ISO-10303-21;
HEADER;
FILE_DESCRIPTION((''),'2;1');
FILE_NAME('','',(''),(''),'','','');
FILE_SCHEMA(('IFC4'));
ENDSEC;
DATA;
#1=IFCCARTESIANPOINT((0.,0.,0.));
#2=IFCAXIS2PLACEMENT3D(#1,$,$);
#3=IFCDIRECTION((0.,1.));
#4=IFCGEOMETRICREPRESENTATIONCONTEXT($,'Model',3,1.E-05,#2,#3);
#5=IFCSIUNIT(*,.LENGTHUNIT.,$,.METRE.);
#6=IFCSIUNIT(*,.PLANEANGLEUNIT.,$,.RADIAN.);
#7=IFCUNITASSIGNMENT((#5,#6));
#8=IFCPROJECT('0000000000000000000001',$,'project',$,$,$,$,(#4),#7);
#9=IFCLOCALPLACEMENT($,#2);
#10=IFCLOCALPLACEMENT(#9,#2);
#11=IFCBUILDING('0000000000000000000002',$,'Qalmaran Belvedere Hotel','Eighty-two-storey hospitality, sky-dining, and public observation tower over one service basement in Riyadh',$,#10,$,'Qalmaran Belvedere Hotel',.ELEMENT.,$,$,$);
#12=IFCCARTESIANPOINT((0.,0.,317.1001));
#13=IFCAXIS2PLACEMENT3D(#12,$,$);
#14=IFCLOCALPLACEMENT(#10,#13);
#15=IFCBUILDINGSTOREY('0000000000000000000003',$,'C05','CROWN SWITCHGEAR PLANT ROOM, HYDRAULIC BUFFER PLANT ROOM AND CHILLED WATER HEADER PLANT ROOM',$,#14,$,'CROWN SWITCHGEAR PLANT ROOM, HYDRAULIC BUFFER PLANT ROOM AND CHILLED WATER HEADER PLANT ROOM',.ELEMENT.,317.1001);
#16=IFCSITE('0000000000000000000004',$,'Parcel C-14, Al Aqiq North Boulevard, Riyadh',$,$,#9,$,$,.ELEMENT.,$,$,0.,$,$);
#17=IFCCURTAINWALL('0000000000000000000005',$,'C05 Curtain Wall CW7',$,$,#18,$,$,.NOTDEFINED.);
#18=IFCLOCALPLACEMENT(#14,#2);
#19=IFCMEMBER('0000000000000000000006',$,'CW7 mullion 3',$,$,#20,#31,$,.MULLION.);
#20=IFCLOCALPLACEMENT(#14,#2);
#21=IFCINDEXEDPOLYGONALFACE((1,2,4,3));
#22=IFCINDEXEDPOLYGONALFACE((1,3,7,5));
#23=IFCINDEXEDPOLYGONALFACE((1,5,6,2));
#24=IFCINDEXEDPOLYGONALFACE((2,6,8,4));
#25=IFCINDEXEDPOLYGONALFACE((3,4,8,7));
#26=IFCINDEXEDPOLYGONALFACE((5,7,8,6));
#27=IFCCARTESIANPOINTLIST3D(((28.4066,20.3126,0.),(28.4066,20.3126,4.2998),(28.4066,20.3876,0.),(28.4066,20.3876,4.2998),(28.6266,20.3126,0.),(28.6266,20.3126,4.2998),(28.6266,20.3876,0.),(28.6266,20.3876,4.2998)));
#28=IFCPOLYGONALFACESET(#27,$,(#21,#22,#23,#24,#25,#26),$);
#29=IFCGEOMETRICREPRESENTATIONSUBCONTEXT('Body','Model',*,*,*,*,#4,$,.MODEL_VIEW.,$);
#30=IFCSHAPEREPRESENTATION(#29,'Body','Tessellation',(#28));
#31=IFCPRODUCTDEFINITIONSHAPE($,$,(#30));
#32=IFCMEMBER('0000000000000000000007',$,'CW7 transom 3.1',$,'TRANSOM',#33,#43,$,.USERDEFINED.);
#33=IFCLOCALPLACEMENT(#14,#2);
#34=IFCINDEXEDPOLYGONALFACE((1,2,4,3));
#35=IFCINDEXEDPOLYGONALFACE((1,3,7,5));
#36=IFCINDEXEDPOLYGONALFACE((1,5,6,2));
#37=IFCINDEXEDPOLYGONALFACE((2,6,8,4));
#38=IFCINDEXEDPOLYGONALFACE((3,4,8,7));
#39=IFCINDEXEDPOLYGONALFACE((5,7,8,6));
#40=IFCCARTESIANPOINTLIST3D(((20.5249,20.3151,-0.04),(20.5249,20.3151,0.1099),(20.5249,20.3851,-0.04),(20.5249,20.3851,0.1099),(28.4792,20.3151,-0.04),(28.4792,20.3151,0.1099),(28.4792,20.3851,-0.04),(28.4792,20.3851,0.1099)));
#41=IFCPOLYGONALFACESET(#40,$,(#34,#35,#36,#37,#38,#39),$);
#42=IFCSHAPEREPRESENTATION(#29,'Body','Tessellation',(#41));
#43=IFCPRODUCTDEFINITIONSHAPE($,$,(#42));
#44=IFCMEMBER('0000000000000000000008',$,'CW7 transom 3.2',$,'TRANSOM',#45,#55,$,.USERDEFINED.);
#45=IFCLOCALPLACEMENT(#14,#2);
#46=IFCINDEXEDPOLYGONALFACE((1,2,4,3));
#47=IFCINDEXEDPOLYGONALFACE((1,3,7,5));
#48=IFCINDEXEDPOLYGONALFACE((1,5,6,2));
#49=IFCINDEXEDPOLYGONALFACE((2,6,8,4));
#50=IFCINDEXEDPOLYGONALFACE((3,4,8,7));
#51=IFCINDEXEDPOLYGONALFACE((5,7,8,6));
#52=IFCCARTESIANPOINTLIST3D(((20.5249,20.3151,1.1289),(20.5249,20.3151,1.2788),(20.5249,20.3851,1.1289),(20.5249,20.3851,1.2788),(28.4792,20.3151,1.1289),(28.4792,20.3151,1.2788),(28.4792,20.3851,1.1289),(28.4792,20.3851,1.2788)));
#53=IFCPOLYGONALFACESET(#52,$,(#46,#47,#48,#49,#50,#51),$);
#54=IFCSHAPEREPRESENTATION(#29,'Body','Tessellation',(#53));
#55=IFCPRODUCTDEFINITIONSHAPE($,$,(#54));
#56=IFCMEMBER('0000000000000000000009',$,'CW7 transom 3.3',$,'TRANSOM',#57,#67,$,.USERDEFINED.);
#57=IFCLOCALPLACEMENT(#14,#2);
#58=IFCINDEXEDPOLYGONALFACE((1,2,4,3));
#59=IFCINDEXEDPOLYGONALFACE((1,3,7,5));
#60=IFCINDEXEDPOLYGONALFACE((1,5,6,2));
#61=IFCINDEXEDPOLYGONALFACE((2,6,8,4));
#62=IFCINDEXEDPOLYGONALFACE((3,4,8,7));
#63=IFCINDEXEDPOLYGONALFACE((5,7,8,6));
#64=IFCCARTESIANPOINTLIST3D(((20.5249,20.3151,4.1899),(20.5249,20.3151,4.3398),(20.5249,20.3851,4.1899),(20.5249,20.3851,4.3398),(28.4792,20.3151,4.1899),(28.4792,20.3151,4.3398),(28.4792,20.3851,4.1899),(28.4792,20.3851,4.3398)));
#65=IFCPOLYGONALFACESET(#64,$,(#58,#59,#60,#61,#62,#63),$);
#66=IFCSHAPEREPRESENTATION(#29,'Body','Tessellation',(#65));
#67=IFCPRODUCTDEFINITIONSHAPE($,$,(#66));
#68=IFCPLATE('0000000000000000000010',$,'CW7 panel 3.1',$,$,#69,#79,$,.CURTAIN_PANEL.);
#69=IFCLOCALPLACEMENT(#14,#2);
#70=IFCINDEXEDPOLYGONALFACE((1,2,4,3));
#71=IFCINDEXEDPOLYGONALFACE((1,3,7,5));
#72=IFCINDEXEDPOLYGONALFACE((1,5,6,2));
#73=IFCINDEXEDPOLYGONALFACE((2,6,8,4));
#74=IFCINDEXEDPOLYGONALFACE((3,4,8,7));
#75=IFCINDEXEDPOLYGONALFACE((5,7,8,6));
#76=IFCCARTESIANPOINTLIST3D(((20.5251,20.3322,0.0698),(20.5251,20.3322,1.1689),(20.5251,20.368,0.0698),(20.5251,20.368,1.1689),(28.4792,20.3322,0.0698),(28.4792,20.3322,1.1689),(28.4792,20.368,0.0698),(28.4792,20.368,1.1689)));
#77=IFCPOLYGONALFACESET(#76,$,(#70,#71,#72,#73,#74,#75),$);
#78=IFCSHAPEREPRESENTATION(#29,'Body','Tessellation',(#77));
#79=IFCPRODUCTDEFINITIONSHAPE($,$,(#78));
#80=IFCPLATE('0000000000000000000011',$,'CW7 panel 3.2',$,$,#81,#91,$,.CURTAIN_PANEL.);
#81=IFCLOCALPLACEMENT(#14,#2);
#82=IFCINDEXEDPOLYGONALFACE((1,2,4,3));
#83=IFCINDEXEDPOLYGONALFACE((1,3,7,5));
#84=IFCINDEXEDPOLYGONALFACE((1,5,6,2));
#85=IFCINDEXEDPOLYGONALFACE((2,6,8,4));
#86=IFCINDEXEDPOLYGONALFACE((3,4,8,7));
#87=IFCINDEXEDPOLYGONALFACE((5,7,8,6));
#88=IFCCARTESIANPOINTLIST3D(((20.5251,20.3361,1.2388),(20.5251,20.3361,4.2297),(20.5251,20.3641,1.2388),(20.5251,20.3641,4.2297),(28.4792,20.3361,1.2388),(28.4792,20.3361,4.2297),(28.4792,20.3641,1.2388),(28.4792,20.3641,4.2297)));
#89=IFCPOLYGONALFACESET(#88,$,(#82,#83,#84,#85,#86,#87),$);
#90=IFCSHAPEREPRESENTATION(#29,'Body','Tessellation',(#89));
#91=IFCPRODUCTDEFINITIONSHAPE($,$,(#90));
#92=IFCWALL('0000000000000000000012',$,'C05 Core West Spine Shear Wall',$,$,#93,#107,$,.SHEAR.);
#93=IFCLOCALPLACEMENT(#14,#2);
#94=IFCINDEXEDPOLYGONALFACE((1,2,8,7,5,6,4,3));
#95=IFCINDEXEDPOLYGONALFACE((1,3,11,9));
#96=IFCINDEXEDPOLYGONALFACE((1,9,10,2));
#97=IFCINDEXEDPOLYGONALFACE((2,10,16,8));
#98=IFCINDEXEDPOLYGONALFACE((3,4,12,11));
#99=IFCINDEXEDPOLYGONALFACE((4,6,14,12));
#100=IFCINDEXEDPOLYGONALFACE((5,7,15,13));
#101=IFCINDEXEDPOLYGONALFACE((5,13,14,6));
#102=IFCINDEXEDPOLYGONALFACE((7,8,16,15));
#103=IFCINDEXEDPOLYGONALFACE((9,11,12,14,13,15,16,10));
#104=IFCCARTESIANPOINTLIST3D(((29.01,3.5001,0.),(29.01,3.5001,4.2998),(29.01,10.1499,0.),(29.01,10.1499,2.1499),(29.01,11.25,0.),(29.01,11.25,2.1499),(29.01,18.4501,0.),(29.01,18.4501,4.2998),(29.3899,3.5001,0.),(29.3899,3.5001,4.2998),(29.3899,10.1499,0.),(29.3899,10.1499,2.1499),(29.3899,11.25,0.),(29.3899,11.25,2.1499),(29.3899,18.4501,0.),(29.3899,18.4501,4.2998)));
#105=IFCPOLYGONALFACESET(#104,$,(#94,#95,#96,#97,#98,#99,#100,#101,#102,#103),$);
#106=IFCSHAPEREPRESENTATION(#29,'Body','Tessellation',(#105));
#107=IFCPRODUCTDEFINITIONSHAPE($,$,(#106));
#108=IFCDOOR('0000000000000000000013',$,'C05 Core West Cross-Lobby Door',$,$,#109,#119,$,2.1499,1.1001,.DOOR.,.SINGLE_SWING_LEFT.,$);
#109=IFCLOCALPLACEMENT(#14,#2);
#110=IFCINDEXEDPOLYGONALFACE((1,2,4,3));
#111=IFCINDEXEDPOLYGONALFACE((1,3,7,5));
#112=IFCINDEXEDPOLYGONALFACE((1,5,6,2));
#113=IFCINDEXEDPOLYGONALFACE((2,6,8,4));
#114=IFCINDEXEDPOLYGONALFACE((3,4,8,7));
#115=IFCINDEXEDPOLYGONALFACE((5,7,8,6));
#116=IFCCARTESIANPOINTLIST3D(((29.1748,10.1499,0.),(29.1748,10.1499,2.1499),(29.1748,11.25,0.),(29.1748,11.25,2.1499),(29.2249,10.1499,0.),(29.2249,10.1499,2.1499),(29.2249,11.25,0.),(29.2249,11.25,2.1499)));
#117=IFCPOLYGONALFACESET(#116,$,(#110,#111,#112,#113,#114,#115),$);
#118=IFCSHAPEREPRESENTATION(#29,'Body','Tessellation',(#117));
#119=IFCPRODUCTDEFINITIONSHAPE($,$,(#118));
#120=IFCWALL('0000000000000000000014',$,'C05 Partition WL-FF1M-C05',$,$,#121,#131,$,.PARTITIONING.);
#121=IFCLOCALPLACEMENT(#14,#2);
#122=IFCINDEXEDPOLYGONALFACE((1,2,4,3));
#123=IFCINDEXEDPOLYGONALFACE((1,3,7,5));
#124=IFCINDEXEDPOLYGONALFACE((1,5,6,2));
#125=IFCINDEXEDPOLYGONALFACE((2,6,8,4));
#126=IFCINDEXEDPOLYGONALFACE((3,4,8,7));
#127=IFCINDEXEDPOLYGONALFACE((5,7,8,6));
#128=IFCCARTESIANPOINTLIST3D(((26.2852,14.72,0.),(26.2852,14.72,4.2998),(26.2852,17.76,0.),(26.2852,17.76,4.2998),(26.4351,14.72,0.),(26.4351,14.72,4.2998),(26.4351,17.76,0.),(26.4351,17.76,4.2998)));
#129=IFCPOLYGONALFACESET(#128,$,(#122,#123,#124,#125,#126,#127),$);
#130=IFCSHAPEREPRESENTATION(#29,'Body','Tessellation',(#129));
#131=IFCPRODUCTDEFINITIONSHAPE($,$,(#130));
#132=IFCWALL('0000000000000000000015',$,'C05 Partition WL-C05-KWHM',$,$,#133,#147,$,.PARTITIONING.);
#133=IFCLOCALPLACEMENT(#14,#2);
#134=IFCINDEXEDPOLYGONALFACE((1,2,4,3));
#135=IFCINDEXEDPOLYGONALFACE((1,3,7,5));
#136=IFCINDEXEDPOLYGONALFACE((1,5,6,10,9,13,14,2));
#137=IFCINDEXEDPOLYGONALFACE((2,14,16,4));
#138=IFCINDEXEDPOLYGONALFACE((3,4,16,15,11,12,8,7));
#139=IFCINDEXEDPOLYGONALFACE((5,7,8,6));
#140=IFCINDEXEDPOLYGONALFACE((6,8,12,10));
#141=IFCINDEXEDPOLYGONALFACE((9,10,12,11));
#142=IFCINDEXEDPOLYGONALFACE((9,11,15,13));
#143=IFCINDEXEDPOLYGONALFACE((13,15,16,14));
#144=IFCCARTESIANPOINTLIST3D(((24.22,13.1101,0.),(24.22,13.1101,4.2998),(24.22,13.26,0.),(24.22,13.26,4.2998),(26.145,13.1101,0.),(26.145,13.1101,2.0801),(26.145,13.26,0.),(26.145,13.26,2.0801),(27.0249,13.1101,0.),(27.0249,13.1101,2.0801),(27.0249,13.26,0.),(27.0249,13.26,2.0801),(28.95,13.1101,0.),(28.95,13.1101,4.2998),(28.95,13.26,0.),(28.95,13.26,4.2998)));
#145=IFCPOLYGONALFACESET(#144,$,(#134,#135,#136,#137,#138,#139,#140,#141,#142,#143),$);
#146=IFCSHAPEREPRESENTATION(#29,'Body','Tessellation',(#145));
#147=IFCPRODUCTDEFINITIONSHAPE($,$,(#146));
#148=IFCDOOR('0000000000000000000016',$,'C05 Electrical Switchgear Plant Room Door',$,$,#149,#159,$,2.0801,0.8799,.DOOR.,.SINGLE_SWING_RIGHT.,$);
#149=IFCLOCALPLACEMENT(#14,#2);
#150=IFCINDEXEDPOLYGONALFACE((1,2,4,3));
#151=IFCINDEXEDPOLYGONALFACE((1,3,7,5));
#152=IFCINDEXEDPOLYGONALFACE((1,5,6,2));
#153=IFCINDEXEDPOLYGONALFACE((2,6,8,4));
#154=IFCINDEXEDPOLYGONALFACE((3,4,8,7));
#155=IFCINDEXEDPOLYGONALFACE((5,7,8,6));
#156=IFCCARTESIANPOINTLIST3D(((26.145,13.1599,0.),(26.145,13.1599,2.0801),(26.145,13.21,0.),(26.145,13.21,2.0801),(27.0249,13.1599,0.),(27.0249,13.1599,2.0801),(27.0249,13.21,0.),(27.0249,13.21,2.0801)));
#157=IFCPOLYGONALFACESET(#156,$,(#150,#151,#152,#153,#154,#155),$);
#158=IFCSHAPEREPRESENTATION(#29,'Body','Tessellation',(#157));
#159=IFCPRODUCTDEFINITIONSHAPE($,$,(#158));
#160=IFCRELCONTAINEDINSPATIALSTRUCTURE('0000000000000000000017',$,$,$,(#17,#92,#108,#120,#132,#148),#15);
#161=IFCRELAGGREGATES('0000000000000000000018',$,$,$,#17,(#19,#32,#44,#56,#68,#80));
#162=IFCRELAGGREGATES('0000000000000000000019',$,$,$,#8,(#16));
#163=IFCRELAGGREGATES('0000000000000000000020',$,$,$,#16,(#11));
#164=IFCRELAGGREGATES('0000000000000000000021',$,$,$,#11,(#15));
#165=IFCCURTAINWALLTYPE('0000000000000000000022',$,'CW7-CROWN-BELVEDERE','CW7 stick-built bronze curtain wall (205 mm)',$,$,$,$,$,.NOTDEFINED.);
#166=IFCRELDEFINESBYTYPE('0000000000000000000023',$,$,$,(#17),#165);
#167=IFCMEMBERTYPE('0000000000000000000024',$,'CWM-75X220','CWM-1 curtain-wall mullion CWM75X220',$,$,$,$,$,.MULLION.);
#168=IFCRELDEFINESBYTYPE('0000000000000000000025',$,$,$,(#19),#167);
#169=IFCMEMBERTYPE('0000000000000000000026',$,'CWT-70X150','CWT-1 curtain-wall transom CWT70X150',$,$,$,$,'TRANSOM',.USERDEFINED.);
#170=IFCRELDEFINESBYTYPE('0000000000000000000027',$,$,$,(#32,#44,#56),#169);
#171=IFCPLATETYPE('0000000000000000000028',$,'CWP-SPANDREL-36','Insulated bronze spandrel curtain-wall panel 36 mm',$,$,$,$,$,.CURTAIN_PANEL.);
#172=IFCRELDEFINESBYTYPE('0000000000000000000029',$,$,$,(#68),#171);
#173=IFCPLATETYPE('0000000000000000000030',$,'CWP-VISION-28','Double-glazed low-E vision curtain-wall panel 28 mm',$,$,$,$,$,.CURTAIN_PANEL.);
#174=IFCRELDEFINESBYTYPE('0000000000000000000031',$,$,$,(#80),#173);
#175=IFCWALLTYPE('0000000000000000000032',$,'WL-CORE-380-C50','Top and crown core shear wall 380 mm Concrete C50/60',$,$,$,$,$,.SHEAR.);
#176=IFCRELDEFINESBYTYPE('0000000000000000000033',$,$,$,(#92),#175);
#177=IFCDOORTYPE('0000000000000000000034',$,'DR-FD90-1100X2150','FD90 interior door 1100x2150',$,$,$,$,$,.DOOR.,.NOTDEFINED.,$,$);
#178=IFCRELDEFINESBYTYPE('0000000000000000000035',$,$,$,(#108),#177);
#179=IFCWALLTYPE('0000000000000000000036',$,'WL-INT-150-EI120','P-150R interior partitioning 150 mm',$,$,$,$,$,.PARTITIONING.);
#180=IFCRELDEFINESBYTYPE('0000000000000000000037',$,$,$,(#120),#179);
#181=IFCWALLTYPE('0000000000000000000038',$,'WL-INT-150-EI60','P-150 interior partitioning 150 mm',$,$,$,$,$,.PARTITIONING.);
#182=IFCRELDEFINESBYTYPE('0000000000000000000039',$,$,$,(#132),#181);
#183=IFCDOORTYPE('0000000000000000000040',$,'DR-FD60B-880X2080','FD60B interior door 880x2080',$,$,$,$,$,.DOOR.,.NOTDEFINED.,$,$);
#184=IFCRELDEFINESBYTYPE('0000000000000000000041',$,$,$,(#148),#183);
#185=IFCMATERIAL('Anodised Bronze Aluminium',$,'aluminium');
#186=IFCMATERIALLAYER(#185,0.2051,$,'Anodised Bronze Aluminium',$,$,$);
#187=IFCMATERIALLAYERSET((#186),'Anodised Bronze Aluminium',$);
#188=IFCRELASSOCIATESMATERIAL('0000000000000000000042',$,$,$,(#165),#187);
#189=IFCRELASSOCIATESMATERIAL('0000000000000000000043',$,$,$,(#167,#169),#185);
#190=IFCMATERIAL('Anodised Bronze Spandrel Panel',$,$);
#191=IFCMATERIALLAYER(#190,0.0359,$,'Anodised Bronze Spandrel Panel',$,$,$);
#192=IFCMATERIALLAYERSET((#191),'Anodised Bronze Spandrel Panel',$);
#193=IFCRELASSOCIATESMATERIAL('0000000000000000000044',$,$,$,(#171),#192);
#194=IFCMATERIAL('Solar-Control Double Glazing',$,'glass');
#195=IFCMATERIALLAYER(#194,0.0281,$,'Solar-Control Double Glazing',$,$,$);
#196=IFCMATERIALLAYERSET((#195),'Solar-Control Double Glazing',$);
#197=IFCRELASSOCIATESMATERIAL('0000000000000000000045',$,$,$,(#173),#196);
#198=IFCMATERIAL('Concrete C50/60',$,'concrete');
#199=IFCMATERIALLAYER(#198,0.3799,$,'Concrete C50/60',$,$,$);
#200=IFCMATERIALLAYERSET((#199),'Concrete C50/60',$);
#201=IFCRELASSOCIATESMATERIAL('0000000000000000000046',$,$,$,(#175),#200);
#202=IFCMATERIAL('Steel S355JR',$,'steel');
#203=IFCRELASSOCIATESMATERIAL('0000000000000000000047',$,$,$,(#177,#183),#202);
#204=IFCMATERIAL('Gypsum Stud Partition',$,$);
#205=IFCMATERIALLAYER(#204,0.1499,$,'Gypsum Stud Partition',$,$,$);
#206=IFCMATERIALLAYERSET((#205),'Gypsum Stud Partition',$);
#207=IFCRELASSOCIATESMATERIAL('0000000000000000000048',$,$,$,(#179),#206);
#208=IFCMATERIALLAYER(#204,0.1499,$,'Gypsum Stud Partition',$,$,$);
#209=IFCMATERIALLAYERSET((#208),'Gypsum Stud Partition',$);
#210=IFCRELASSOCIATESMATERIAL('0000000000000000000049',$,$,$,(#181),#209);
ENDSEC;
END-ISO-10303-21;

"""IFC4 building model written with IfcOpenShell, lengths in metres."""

from ifc_helpers import new_model, si_unit, direction, frame, frame_2d, origin, origin_2d, place, context, subcontext, project, spatial, rectangle, extrude, material, layer, layer_set, material_profile, profile_set, type_object, element, fill, aggregate, save


model = new_model("IFC4")

# Units and contexts
model_context = context("Model", 3, precision=1e-05, world=origin(), true_north=direction((0.0, 1.0)))
body_context = subcontext(model_context, "Body", "Model", "MODEL_VIEW")
ifc_project = project(units=[si_unit("LENGTHUNIT", "METRE"), si_unit("PLANEANGLEUNIT", "RADIAN")], contexts=[model_context])

# Site, building, storey
site_placement = place(None, origin())
site = spatial("IfcSite", under=ifc_project, at=site_placement, Name="Parcel C-14, Al Aqiq North Boulevard, Riyadh", CompositionType="ELEMENT", RefElevation=0.0)
building_placement = place(site_placement, origin())
building = spatial("IfcBuilding", under=site, at=building_placement, Name="Qalmaran Belvedere Hotel", Description="Eighty-two-storey hospitality, sky-dining, and public observation tower over one service basement in Riyadh", LongName="Qalmaran Belvedere Hotel", CompositionType="ELEMENT")
storey_placement = place(building_placement, frame((0.0, 0.0, 317.1001)))
storey = spatial("IfcBuildingStorey", under=building, at=storey_placement, Name="C05", Description="CROWN SWITCHGEAR PLANT ROOM, HYDRAULIC BUFFER PLANT ROOM AND CHILLED WATER HEADER PLANT ROOM", LongName="CROWN SWITCHGEAR PLANT ROOM, HYDRAULIC BUFFER PLANT ROOM AND CHILLED WATER HEADER PLANT ROOM", CompositionType="ELEMENT", Elevation=317.1001)

# Curtain wall, members, plates
ifc_material_1 = material(Name="Anodised Bronze Aluminium", Category="aluminium")
ifc_layer_1 = layer(ifc_material_1, 0.2051, Name="Anodised Bronze Aluminium")
ifc_layer_set_1 = layer_set([ifc_layer_1], Name="Anodised Bronze Aluminium")
curtain_wall_type = type_object("IfcCurtainWallType", Name="CW7-CROWN-BELVEDERE", Description="CW7 stick-built bronze curtain wall (205 mm)", PredefinedType="NOTDEFINED", material=ifc_layer_set_1)
curtain_wall_placement = place(storey_placement, origin())
curtain_wall = element("IfcCurtainWall", 1, at=curtain_wall_placement, inside=storey, type_object=curtain_wall_type, Name="C05 Curtain Wall CW7", PredefinedType="NOTDEFINED")
ifc_material_profile_1 = material_profile(ifc_material_1, rectangle(XDim=0.075, YDim=0.22, at=origin_2d()), Name="CWM75X220")
ifc_profile_set_1 = profile_set([ifc_material_profile_1], Name="Anodised Bronze Aluminium")
member_type_1 = type_object("IfcMemberType", Name="CWM-75X220", Description="CWM-1 curtain-wall mullion CWM75X220", PredefinedType="MULLION", material=ifc_profile_set_1)
member_1_placement = place(storey_placement, frame((28.5166, 20.3501, 0.0), z_axis=(0.0, 0.0, 1.0), x_axis=(0.0, -1.0, 0.0)))
member_1 = element("IfcMember", 2, at=member_1_placement, type_object=member_type_1, Name="CW7 mullion 3", PredefinedType="MULLION", context=body_context, shape_type="SweptSolid", body=[
    extrude(rectangle(XDim=0.075, YDim=0.22, at=origin_2d()), origin(), (0.0, 0.0, 1.0), 4.2998),
])
ifc_material_profile_2 = material_profile(ifc_material_1, rectangle(XDim=0.0701, YDim=0.1499, at=origin_2d()), Name="CWT70X150")
ifc_profile_set_2 = profile_set([ifc_material_profile_2], Name="Anodised Bronze Aluminium")
member_type_2 = type_object("IfcMemberType", Name="CWT-70X150", Description="CWT-1 curtain-wall transom CWT70X150", ElementType="TRANSOM", PredefinedType="USERDEFINED", material=ifc_profile_set_2)
member_2_placement = place(storey_placement, frame((28.4792, 20.3501, 0.0349), z_axis=(-1.0, 0.0, 0.0), x_axis=(0.0, -1.0, 0.0)))
member_2 = element("IfcMember", 3, at=member_2_placement, type_object=member_type_2, Name="CW7 transom 3.1", ObjectType="TRANSOM", PredefinedType="USERDEFINED", context=body_context, shape_type="SweptSolid", body=[
    extrude(rectangle(XDim=0.0701, YDim=0.1499, at=origin_2d()), origin(), (0.0, 0.0, 1.0), 7.9543),
])
member_3_placement = place(storey_placement, frame((28.4792, 20.3501, 1.2039), z_axis=(-1.0, 0.0, 0.0), x_axis=(0.0, -1.0, 0.0)))
member_3 = element("IfcMember", 4, at=member_3_placement, type_object=member_type_2, Name="CW7 transom 3.2", ObjectType="TRANSOM", PredefinedType="USERDEFINED", context=body_context, shape_type="SweptSolid", body=[
    extrude(rectangle(XDim=0.0701, YDim=0.1499, at=origin_2d()), origin(), (0.0, 0.0, 1.0), 7.9543),
])
member_4_placement = place(storey_placement, frame((28.4792, 20.3501, 4.2649), z_axis=(-1.0, 0.0, 0.0), x_axis=(0.0, -1.0, 0.0)))
member_4 = element("IfcMember", 5, at=member_4_placement, type_object=member_type_2, Name="CW7 transom 3.3", ObjectType="TRANSOM", PredefinedType="USERDEFINED", context=body_context, shape_type="SweptSolid", body=[
    extrude(rectangle(XDim=0.0701, YDim=0.1499, at=origin_2d()), origin(), (0.0, 0.0, 1.0), 7.9543),
])
ifc_material_2 = material(Name="Anodised Bronze Spandrel Panel")
ifc_layer_2 = layer(ifc_material_2, 0.0359, Name="Anodised Bronze Spandrel Panel")
ifc_layer_set_2 = layer_set([ifc_layer_2], Name="Anodised Bronze Spandrel Panel")
plate_type_1 = type_object("IfcPlateType", Name="CWP-SPANDREL-36", Description="Insulated bronze spandrel curtain-wall panel 36 mm", PredefinedType="CURTAIN_PANEL", material=ifc_layer_set_2)
plate_1_placement = place(storey_placement, frame((24.5022, 20.3501, 0.0698), z_axis=(0.0, 0.0, 1.0), x_axis=(-1.0, 0.0, 0.0)))
plate_1 = element("IfcPlate", 6, at=plate_1_placement, type_object=plate_type_1, Name="CW7 panel 3.1", PredefinedType="CURTAIN_PANEL", context=body_context, shape_type="SweptSolid", body=[
    extrude(rectangle(XDim=7.9541, YDim=0.0359, at=origin_2d()), origin(), (0.0, 0.0, 1.0), 1.0991),
])
ifc_material_3 = material(Name="Solar-Control Double Glazing", Category="glass")
ifc_layer_3 = layer(ifc_material_3, 0.0281, Name="Solar-Control Double Glazing")
ifc_layer_set_3 = layer_set([ifc_layer_3], Name="Solar-Control Double Glazing")
plate_type_2 = type_object("IfcPlateType", Name="CWP-VISION-28", Description="Double-glazed low-E vision curtain-wall panel 28 mm", PredefinedType="CURTAIN_PANEL", material=ifc_layer_set_3)
plate_2_placement = place(storey_placement, frame((24.5022, 20.3501, 1.2388), z_axis=(0.0, 0.0, 1.0), x_axis=(-1.0, 0.0, 0.0)))
plate_2 = element("IfcPlate", 7, at=plate_2_placement, type_object=plate_type_2, Name="CW7 panel 3.2", PredefinedType="CURTAIN_PANEL", context=body_context, shape_type="SweptSolid", body=[
    extrude(rectangle(XDim=7.9541, YDim=0.0281, at=origin_2d()), origin(), (0.0, 0.0, 1.0), 2.991),
])
aggregate(curtain_wall, [member_1, member_2, member_3, member_4, plate_1, plate_2])

# Wall, opening, door
ifc_material_4 = material(Name="Concrete C50/60", Category="concrete")
ifc_layer_4 = layer(ifc_material_4, 0.3799, Name="Concrete C50/60")
ifc_layer_set_4 = layer_set([ifc_layer_4], Name="Concrete C50/60")
wall_type_1 = type_object("IfcWallType", Name="WL-CORE-380-C50", Description="Top and crown core shear wall 380 mm Concrete C50/60", PredefinedType="SHEAR", material=ifc_layer_set_4)
wall_1_placement = place(storey_placement, frame((29.2, 3.5, 0.0), z_axis=(0.0, 0.0, 1.0), x_axis=(0.0, 1.0, 0.0)))
wall_1 = element("IfcWall", 8, at=wall_1_placement, inside=storey, type_object=wall_type_1, Name="C05 Core West Spine Shear Wall", PredefinedType="SHEAR", context=body_context, shape_type="SweptSolid", body=[
    extrude(rectangle(XDim=14.95, YDim=0.3799, at=frame_2d((7.4751, 0.0))), origin(), (0.0, 0.0, 1.0), 4.2998),
])
opening_1_placement = place(wall_1_placement, frame((7.75, 0.0, 0.0), z_axis=(0.0, 0.0, 1.0), x_axis=(-1.0, 0.0, 0.0)))
opening_1 = element("IfcOpeningElement", 9, at=opening_1_placement, cuts=wall_1, PredefinedType="OPENING", context=body_context, shape_type="SweptSolid", body=[
    extrude(rectangle(XDim=1.1001, YDim=2.1499, at=frame_2d((0.55, 1.075))), frame((0.0, 0.2, 0.0), z_axis=(0.0, -1.0, 0.0), x_axis=(1.0, 0.0, 0.0)), (0.0, 0.0, 1.0), 0.3999),
])
ifc_material_5 = material(Name="Steel S355JR", Category="steel")
door_type_1 = type_object("IfcDoorType", Name="DR-FD90-1100X2150", Description="FD90 interior door 1100x2150", OperationType="NOTDEFINED", PredefinedType="DOOR", material=ifc_material_5)
door_1_placement = place(opening_1_placement, origin())
door_1 = element("IfcDoor", 10, at=door_1_placement, inside=storey, type_object=door_type_1, Name="C05 Core West Cross-Lobby Door", OperationType="SINGLE_SWING_LEFT", OverallHeight=2.1499, OverallWidth=1.1001, PredefinedType="DOOR", context=body_context, shape_type="SweptSolid", body=[
    extrude(rectangle(XDim=1.1001, YDim=2.1499, at=frame_2d((0.55, 1.075))), frame((0.0, 0.0249, 0.0), z_axis=(0.0, -1.0, 0.0), x_axis=(1.0, 0.0, 0.0)), (0.0, 0.0, 1.0), 0.05),
])
fill(opening_1, door_1)

# Wall
ifc_material_6 = material(Name="Gypsum Stud Partition")
ifc_layer_5 = layer(ifc_material_6, 0.1499, Name="Gypsum Stud Partition")
ifc_layer_set_5 = layer_set([ifc_layer_5], Name="Gypsum Stud Partition")
wall_type_2 = type_object("IfcWallType", Name="WL-INT-150-EI120", Description="P-150R interior partitioning 150 mm", PredefinedType="PARTITIONING", material=ifc_layer_set_5)
wall_2_placement = place(storey_placement, frame((26.3601, 14.72, 0.0), z_axis=(0.0, 0.0, 1.0), x_axis=(0.0, 1.0, 0.0)))
element("IfcWall", 11, at=wall_2_placement, inside=storey, type_object=wall_type_2, Name="C05 Partition WL-FF1M-C05", PredefinedType="PARTITIONING", context=body_context, shape_type="SweptSolid", body=[
    extrude(rectangle(XDim=3.04, YDim=0.1499, at=frame_2d((1.52, 0.0))), origin(), (0.0, 0.0, 1.0), 4.2998),
])

# Wall, opening, door
ifc_layer_6 = layer(ifc_material_6, 0.1499, Name="Gypsum Stud Partition")
ifc_layer_set_6 = layer_set([ifc_layer_6], Name="Gypsum Stud Partition")
wall_type_3 = type_object("IfcWallType", Name="WL-INT-150-EI60", Description="P-150 interior partitioning 150 mm", PredefinedType="PARTITIONING", material=ifc_layer_set_6)
wall_3_placement = place(storey_placement, frame((24.22, 13.1851, 0.0), z_axis=(0.0, 0.0, 1.0), x_axis=(1.0, 0.0, 0.0)))
wall_3 = element("IfcWall", 12, at=wall_3_placement, inside=storey, type_object=wall_type_3, Name="C05 Partition WL-C05-KWHM", PredefinedType="PARTITIONING", context=body_context, shape_type="SweptSolid", body=[
    extrude(rectangle(XDim=4.73, YDim=0.1499, at=frame_2d((2.365, 0.0))), origin(), (0.0, 0.0, 1.0), 4.2998),
])
opening_2_placement = place(wall_3_placement, frame((1.925, 0.0, 0.0)))
opening_2 = element("IfcOpeningElement", 13, at=opening_2_placement, cuts=wall_3, PredefinedType="OPENING", context=body_context, shape_type="SweptSolid", body=[
    extrude(rectangle(XDim=0.8799, YDim=2.0801, at=frame_2d((0.4399, 1.04))), frame((0.0, 0.085, 0.0), z_axis=(0.0, -1.0, 0.0), x_axis=(1.0, 0.0, 0.0)), (0.0, 0.0, 1.0), 0.1699),
])
door_type_2 = type_object("IfcDoorType", Name="DR-FD60B-880X2080", Description="FD60B interior door 880x2080", OperationType="NOTDEFINED", PredefinedType="DOOR", material=ifc_material_5)
door_2_placement = place(opening_2_placement, origin())
door_2 = element("IfcDoor", 14, at=door_2_placement, inside=storey, type_object=door_type_2, Name="C05 Electrical Switchgear Plant Room Door", OperationType="SINGLE_SWING_RIGHT", OverallHeight=2.0801, OverallWidth=0.8799, PredefinedType="DOOR", context=body_context, shape_type="SweptSolid", body=[
    extrude(rectangle(XDim=0.8799, YDim=2.0801, at=frame_2d((0.4399, 1.04))), frame((0.0, 0.0249, 0.0), z_axis=(0.0, -1.0, 0.0), x_axis=(1.0, 0.0, 0.0)), (0.0, 0.0, 1.0), 0.05),
])
fill(opening_2, door_2)

save(model, "model.ifc")
